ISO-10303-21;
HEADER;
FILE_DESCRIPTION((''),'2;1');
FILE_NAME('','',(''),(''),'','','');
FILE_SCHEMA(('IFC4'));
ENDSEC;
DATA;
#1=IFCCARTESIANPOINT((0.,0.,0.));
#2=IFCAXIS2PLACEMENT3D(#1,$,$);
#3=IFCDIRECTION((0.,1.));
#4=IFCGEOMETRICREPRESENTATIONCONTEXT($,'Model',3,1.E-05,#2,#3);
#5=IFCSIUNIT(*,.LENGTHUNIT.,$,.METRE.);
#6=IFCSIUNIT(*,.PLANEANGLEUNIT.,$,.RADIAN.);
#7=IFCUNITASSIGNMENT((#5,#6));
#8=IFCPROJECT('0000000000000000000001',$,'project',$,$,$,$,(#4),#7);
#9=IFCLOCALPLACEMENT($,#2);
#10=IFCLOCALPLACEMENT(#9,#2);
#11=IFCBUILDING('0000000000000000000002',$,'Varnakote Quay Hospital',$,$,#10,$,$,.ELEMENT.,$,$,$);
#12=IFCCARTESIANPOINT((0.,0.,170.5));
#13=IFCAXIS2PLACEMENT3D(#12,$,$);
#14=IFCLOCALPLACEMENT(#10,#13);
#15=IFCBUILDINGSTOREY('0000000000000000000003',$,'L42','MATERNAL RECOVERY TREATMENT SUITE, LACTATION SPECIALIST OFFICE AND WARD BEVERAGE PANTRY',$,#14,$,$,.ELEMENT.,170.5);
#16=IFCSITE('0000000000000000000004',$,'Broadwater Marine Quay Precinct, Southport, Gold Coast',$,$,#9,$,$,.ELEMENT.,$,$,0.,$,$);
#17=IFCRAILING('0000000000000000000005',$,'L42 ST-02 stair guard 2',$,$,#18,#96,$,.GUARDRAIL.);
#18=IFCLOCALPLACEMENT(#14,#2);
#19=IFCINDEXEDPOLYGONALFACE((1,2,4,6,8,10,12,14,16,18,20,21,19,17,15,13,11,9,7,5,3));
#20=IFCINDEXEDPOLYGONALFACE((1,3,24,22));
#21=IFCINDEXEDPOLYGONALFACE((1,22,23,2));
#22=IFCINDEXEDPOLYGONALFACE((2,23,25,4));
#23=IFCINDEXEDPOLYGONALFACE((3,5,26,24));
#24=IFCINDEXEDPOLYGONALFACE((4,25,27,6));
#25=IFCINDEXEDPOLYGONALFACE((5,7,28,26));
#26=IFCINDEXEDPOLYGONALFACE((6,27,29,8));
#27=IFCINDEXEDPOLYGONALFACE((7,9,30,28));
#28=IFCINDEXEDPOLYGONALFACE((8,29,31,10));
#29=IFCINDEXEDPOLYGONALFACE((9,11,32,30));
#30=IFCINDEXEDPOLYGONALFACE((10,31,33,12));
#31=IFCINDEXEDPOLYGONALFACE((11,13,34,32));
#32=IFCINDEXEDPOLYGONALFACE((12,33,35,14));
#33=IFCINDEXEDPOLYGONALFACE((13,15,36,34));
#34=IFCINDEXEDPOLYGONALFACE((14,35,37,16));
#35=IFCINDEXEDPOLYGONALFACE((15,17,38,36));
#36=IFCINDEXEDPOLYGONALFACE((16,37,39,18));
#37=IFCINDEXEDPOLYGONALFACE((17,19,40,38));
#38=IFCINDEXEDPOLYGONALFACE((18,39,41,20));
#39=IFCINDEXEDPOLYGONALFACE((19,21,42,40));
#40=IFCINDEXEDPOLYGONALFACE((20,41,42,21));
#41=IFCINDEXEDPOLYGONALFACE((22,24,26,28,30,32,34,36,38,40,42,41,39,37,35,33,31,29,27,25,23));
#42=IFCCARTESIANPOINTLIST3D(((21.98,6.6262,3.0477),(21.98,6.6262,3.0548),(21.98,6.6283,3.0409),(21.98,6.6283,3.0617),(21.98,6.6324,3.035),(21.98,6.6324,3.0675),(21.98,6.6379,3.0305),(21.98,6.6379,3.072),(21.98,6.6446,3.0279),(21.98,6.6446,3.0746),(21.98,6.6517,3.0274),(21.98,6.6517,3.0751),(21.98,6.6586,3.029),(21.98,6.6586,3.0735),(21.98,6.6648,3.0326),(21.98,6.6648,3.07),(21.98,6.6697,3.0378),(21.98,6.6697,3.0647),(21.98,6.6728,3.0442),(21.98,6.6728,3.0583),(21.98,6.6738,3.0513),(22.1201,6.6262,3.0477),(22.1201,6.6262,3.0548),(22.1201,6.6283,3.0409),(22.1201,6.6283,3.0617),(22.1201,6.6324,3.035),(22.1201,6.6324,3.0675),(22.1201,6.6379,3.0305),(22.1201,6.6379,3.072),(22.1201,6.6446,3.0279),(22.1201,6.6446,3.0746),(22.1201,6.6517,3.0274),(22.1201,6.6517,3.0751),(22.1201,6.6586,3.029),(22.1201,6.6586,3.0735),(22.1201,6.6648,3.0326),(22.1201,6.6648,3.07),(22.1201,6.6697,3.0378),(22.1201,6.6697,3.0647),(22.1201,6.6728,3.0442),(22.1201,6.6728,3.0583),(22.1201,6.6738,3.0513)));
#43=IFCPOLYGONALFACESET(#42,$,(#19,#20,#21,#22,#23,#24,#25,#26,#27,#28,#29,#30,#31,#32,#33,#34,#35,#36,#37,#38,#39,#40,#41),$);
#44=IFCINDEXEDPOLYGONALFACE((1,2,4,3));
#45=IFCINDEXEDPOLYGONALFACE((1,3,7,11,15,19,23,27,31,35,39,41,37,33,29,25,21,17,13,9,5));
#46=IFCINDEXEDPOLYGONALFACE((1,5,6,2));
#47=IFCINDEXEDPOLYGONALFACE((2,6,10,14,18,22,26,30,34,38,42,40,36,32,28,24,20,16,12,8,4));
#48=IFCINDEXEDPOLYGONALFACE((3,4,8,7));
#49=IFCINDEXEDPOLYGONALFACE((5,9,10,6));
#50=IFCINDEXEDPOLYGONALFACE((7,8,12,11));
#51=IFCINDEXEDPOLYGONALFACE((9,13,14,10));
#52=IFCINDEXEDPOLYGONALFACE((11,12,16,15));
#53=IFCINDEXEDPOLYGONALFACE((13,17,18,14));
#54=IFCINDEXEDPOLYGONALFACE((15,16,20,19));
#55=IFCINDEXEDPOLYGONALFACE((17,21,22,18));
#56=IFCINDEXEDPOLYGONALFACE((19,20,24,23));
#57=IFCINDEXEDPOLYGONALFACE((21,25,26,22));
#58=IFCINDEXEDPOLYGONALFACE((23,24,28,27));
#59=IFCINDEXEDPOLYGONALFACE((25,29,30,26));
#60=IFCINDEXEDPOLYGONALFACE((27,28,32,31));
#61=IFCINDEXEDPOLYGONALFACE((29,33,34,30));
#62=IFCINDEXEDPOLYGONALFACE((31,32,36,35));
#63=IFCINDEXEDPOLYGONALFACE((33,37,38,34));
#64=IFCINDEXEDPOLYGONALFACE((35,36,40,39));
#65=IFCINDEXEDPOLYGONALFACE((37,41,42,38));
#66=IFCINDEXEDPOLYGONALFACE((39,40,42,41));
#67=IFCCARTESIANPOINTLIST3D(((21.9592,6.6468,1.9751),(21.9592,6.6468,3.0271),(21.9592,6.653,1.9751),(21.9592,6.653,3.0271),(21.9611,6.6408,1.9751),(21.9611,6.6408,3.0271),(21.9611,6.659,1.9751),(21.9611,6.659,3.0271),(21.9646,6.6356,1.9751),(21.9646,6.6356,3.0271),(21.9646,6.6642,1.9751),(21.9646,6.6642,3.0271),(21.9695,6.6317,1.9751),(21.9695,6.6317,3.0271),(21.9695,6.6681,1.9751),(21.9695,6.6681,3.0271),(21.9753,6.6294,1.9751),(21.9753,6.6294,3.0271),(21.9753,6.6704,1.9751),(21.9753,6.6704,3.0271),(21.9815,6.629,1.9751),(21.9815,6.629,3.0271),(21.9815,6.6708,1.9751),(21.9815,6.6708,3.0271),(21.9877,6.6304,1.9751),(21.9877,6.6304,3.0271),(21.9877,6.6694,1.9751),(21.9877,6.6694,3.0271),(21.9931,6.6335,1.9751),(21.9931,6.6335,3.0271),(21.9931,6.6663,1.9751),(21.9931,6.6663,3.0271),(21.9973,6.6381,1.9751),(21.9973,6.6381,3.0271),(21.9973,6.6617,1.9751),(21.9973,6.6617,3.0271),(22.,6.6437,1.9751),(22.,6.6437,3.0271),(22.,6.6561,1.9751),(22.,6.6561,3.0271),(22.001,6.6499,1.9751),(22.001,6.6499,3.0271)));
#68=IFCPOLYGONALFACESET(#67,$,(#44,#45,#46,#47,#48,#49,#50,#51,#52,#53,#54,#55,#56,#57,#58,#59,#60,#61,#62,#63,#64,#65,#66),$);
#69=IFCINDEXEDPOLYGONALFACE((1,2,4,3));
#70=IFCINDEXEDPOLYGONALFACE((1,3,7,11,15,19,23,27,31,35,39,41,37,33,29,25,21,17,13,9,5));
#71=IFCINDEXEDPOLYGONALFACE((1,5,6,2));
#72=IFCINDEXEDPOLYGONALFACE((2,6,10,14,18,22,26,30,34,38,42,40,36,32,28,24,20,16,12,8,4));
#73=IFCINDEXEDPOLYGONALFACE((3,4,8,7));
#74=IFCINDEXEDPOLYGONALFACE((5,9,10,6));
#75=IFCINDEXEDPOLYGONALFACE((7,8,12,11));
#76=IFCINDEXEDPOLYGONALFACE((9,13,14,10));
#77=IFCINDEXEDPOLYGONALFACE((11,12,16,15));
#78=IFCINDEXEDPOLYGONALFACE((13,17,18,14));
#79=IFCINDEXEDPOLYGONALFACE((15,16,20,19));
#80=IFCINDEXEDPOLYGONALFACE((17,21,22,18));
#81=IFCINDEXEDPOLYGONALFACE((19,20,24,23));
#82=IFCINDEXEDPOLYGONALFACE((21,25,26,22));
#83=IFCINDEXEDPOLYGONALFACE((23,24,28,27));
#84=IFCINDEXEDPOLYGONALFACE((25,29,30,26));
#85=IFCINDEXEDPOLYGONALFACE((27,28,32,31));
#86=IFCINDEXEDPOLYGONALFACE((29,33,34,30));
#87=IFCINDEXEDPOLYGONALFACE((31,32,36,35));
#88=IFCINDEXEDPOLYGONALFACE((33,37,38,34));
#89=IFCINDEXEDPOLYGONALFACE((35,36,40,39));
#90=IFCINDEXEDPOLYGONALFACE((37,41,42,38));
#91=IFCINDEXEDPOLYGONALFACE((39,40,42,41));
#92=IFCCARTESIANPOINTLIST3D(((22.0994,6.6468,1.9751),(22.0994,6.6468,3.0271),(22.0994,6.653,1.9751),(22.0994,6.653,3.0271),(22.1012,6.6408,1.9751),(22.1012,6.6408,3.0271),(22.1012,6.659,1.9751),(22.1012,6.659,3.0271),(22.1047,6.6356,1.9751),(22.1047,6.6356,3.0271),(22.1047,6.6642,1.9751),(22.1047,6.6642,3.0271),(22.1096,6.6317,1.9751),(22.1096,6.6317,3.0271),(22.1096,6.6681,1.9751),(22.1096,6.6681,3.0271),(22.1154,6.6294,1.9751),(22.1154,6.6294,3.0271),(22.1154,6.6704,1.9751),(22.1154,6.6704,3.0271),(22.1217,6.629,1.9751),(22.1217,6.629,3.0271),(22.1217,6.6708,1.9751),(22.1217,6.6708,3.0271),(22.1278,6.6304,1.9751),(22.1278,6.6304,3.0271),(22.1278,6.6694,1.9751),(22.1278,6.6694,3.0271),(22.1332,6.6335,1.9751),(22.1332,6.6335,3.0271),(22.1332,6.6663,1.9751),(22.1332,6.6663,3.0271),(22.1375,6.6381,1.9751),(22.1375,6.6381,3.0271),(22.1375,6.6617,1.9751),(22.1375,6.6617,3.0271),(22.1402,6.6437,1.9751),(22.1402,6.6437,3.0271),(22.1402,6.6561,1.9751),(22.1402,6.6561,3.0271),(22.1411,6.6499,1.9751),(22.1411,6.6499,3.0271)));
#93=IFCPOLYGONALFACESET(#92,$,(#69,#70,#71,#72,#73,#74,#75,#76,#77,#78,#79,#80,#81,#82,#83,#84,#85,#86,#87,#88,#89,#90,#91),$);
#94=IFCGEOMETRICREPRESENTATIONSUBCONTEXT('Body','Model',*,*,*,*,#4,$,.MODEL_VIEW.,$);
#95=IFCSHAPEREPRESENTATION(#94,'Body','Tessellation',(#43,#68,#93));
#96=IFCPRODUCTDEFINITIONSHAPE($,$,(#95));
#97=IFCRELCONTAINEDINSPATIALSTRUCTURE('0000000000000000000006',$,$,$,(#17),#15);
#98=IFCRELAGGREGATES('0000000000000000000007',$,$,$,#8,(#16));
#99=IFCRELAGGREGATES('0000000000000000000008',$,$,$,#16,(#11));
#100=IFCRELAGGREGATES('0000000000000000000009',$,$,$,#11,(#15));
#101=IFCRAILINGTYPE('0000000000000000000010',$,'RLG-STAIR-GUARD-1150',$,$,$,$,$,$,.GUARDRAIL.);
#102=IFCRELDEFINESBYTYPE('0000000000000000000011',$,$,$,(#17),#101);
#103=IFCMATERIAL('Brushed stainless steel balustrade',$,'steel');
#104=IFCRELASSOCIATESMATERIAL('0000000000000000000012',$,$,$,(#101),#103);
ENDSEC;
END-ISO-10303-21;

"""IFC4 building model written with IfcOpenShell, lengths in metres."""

from ifc_helpers import new_model, si_unit, direction, frame, origin, origin_2d, place, context, subcontext, project, spatial, circle, extrude, material, type_object, element, save


model = new_model("IFC4")

# Units and contexts
model_context = context("Model", 3, precision=1e-05, world=origin(), true_north=direction((0.0, 1.0)))
body_context = subcontext(model_context, "Body", "Model", "MODEL_VIEW")
ifc_project = project(units=[si_unit("LENGTHUNIT", "METRE"), si_unit("PLANEANGLEUNIT", "RADIAN")], contexts=[model_context])

# Site, building, storey
site_placement = place(None, origin())
site = spatial("IfcSite", under=ifc_project, at=site_placement, Name="Broadwater Marine Quay Precinct, Southport, Gold Coast", CompositionType="ELEMENT", RefElevation=0.0)
building_placement = place(site_placement, origin())
building = spatial("IfcBuilding", under=site, at=building_placement, Name="Varnakote Quay Hospital", CompositionType="ELEMENT")
storey_placement = place(building_placement, frame((0.0, 0.0, 170.5)))
storey = spatial("IfcBuildingStorey", under=building, at=storey_placement, Name="L42", Description="MATERNAL RECOVERY TREATMENT SUITE, LACTATION SPECIALIST OFFICE AND WARD BEVERAGE PANTRY", CompositionType="ELEMENT", Elevation=170.5)

# Railing
ifc_material_1 = material(Name="Brushed stainless steel balustrade", Category="steel")
railing_type_1 = type_object("IfcRailingType", Name="RLG-STAIR-GUARD-1150", PredefinedType="GUARDRAIL", material=ifc_material_1)
railing_1_placement = place(storey_placement, frame((21.98, 6.6499, 1.9751)))
element("IfcRailing", 1, at=railing_1_placement, inside=storey, type_object=railing_type_1, Name="L42 ST-02 stair guard 2", PredefinedType="GUARDRAIL", context=body_context, shape_type="SweptSolid", body=[
    extrude(circle(Radius=0.0239, at=origin_2d()), frame((0.0, 0.0, 1.0762), z_axis=(1.0, 0.0, 0.0), x_axis=(0.0, 1.0, 0.0)), (0.0, 0.0, 1.0), 0.1401),
    extrude(circle(Radius=0.021, at=origin_2d()), origin(), (0.0, 0.0, 1.0), 1.052),
    extrude(circle(Radius=0.021, at=origin_2d()), frame((0.1401, 0.0, 0.0)), (0.0, 0.0, 1.0), 1.052),
])

save(model, "model.ifc")
